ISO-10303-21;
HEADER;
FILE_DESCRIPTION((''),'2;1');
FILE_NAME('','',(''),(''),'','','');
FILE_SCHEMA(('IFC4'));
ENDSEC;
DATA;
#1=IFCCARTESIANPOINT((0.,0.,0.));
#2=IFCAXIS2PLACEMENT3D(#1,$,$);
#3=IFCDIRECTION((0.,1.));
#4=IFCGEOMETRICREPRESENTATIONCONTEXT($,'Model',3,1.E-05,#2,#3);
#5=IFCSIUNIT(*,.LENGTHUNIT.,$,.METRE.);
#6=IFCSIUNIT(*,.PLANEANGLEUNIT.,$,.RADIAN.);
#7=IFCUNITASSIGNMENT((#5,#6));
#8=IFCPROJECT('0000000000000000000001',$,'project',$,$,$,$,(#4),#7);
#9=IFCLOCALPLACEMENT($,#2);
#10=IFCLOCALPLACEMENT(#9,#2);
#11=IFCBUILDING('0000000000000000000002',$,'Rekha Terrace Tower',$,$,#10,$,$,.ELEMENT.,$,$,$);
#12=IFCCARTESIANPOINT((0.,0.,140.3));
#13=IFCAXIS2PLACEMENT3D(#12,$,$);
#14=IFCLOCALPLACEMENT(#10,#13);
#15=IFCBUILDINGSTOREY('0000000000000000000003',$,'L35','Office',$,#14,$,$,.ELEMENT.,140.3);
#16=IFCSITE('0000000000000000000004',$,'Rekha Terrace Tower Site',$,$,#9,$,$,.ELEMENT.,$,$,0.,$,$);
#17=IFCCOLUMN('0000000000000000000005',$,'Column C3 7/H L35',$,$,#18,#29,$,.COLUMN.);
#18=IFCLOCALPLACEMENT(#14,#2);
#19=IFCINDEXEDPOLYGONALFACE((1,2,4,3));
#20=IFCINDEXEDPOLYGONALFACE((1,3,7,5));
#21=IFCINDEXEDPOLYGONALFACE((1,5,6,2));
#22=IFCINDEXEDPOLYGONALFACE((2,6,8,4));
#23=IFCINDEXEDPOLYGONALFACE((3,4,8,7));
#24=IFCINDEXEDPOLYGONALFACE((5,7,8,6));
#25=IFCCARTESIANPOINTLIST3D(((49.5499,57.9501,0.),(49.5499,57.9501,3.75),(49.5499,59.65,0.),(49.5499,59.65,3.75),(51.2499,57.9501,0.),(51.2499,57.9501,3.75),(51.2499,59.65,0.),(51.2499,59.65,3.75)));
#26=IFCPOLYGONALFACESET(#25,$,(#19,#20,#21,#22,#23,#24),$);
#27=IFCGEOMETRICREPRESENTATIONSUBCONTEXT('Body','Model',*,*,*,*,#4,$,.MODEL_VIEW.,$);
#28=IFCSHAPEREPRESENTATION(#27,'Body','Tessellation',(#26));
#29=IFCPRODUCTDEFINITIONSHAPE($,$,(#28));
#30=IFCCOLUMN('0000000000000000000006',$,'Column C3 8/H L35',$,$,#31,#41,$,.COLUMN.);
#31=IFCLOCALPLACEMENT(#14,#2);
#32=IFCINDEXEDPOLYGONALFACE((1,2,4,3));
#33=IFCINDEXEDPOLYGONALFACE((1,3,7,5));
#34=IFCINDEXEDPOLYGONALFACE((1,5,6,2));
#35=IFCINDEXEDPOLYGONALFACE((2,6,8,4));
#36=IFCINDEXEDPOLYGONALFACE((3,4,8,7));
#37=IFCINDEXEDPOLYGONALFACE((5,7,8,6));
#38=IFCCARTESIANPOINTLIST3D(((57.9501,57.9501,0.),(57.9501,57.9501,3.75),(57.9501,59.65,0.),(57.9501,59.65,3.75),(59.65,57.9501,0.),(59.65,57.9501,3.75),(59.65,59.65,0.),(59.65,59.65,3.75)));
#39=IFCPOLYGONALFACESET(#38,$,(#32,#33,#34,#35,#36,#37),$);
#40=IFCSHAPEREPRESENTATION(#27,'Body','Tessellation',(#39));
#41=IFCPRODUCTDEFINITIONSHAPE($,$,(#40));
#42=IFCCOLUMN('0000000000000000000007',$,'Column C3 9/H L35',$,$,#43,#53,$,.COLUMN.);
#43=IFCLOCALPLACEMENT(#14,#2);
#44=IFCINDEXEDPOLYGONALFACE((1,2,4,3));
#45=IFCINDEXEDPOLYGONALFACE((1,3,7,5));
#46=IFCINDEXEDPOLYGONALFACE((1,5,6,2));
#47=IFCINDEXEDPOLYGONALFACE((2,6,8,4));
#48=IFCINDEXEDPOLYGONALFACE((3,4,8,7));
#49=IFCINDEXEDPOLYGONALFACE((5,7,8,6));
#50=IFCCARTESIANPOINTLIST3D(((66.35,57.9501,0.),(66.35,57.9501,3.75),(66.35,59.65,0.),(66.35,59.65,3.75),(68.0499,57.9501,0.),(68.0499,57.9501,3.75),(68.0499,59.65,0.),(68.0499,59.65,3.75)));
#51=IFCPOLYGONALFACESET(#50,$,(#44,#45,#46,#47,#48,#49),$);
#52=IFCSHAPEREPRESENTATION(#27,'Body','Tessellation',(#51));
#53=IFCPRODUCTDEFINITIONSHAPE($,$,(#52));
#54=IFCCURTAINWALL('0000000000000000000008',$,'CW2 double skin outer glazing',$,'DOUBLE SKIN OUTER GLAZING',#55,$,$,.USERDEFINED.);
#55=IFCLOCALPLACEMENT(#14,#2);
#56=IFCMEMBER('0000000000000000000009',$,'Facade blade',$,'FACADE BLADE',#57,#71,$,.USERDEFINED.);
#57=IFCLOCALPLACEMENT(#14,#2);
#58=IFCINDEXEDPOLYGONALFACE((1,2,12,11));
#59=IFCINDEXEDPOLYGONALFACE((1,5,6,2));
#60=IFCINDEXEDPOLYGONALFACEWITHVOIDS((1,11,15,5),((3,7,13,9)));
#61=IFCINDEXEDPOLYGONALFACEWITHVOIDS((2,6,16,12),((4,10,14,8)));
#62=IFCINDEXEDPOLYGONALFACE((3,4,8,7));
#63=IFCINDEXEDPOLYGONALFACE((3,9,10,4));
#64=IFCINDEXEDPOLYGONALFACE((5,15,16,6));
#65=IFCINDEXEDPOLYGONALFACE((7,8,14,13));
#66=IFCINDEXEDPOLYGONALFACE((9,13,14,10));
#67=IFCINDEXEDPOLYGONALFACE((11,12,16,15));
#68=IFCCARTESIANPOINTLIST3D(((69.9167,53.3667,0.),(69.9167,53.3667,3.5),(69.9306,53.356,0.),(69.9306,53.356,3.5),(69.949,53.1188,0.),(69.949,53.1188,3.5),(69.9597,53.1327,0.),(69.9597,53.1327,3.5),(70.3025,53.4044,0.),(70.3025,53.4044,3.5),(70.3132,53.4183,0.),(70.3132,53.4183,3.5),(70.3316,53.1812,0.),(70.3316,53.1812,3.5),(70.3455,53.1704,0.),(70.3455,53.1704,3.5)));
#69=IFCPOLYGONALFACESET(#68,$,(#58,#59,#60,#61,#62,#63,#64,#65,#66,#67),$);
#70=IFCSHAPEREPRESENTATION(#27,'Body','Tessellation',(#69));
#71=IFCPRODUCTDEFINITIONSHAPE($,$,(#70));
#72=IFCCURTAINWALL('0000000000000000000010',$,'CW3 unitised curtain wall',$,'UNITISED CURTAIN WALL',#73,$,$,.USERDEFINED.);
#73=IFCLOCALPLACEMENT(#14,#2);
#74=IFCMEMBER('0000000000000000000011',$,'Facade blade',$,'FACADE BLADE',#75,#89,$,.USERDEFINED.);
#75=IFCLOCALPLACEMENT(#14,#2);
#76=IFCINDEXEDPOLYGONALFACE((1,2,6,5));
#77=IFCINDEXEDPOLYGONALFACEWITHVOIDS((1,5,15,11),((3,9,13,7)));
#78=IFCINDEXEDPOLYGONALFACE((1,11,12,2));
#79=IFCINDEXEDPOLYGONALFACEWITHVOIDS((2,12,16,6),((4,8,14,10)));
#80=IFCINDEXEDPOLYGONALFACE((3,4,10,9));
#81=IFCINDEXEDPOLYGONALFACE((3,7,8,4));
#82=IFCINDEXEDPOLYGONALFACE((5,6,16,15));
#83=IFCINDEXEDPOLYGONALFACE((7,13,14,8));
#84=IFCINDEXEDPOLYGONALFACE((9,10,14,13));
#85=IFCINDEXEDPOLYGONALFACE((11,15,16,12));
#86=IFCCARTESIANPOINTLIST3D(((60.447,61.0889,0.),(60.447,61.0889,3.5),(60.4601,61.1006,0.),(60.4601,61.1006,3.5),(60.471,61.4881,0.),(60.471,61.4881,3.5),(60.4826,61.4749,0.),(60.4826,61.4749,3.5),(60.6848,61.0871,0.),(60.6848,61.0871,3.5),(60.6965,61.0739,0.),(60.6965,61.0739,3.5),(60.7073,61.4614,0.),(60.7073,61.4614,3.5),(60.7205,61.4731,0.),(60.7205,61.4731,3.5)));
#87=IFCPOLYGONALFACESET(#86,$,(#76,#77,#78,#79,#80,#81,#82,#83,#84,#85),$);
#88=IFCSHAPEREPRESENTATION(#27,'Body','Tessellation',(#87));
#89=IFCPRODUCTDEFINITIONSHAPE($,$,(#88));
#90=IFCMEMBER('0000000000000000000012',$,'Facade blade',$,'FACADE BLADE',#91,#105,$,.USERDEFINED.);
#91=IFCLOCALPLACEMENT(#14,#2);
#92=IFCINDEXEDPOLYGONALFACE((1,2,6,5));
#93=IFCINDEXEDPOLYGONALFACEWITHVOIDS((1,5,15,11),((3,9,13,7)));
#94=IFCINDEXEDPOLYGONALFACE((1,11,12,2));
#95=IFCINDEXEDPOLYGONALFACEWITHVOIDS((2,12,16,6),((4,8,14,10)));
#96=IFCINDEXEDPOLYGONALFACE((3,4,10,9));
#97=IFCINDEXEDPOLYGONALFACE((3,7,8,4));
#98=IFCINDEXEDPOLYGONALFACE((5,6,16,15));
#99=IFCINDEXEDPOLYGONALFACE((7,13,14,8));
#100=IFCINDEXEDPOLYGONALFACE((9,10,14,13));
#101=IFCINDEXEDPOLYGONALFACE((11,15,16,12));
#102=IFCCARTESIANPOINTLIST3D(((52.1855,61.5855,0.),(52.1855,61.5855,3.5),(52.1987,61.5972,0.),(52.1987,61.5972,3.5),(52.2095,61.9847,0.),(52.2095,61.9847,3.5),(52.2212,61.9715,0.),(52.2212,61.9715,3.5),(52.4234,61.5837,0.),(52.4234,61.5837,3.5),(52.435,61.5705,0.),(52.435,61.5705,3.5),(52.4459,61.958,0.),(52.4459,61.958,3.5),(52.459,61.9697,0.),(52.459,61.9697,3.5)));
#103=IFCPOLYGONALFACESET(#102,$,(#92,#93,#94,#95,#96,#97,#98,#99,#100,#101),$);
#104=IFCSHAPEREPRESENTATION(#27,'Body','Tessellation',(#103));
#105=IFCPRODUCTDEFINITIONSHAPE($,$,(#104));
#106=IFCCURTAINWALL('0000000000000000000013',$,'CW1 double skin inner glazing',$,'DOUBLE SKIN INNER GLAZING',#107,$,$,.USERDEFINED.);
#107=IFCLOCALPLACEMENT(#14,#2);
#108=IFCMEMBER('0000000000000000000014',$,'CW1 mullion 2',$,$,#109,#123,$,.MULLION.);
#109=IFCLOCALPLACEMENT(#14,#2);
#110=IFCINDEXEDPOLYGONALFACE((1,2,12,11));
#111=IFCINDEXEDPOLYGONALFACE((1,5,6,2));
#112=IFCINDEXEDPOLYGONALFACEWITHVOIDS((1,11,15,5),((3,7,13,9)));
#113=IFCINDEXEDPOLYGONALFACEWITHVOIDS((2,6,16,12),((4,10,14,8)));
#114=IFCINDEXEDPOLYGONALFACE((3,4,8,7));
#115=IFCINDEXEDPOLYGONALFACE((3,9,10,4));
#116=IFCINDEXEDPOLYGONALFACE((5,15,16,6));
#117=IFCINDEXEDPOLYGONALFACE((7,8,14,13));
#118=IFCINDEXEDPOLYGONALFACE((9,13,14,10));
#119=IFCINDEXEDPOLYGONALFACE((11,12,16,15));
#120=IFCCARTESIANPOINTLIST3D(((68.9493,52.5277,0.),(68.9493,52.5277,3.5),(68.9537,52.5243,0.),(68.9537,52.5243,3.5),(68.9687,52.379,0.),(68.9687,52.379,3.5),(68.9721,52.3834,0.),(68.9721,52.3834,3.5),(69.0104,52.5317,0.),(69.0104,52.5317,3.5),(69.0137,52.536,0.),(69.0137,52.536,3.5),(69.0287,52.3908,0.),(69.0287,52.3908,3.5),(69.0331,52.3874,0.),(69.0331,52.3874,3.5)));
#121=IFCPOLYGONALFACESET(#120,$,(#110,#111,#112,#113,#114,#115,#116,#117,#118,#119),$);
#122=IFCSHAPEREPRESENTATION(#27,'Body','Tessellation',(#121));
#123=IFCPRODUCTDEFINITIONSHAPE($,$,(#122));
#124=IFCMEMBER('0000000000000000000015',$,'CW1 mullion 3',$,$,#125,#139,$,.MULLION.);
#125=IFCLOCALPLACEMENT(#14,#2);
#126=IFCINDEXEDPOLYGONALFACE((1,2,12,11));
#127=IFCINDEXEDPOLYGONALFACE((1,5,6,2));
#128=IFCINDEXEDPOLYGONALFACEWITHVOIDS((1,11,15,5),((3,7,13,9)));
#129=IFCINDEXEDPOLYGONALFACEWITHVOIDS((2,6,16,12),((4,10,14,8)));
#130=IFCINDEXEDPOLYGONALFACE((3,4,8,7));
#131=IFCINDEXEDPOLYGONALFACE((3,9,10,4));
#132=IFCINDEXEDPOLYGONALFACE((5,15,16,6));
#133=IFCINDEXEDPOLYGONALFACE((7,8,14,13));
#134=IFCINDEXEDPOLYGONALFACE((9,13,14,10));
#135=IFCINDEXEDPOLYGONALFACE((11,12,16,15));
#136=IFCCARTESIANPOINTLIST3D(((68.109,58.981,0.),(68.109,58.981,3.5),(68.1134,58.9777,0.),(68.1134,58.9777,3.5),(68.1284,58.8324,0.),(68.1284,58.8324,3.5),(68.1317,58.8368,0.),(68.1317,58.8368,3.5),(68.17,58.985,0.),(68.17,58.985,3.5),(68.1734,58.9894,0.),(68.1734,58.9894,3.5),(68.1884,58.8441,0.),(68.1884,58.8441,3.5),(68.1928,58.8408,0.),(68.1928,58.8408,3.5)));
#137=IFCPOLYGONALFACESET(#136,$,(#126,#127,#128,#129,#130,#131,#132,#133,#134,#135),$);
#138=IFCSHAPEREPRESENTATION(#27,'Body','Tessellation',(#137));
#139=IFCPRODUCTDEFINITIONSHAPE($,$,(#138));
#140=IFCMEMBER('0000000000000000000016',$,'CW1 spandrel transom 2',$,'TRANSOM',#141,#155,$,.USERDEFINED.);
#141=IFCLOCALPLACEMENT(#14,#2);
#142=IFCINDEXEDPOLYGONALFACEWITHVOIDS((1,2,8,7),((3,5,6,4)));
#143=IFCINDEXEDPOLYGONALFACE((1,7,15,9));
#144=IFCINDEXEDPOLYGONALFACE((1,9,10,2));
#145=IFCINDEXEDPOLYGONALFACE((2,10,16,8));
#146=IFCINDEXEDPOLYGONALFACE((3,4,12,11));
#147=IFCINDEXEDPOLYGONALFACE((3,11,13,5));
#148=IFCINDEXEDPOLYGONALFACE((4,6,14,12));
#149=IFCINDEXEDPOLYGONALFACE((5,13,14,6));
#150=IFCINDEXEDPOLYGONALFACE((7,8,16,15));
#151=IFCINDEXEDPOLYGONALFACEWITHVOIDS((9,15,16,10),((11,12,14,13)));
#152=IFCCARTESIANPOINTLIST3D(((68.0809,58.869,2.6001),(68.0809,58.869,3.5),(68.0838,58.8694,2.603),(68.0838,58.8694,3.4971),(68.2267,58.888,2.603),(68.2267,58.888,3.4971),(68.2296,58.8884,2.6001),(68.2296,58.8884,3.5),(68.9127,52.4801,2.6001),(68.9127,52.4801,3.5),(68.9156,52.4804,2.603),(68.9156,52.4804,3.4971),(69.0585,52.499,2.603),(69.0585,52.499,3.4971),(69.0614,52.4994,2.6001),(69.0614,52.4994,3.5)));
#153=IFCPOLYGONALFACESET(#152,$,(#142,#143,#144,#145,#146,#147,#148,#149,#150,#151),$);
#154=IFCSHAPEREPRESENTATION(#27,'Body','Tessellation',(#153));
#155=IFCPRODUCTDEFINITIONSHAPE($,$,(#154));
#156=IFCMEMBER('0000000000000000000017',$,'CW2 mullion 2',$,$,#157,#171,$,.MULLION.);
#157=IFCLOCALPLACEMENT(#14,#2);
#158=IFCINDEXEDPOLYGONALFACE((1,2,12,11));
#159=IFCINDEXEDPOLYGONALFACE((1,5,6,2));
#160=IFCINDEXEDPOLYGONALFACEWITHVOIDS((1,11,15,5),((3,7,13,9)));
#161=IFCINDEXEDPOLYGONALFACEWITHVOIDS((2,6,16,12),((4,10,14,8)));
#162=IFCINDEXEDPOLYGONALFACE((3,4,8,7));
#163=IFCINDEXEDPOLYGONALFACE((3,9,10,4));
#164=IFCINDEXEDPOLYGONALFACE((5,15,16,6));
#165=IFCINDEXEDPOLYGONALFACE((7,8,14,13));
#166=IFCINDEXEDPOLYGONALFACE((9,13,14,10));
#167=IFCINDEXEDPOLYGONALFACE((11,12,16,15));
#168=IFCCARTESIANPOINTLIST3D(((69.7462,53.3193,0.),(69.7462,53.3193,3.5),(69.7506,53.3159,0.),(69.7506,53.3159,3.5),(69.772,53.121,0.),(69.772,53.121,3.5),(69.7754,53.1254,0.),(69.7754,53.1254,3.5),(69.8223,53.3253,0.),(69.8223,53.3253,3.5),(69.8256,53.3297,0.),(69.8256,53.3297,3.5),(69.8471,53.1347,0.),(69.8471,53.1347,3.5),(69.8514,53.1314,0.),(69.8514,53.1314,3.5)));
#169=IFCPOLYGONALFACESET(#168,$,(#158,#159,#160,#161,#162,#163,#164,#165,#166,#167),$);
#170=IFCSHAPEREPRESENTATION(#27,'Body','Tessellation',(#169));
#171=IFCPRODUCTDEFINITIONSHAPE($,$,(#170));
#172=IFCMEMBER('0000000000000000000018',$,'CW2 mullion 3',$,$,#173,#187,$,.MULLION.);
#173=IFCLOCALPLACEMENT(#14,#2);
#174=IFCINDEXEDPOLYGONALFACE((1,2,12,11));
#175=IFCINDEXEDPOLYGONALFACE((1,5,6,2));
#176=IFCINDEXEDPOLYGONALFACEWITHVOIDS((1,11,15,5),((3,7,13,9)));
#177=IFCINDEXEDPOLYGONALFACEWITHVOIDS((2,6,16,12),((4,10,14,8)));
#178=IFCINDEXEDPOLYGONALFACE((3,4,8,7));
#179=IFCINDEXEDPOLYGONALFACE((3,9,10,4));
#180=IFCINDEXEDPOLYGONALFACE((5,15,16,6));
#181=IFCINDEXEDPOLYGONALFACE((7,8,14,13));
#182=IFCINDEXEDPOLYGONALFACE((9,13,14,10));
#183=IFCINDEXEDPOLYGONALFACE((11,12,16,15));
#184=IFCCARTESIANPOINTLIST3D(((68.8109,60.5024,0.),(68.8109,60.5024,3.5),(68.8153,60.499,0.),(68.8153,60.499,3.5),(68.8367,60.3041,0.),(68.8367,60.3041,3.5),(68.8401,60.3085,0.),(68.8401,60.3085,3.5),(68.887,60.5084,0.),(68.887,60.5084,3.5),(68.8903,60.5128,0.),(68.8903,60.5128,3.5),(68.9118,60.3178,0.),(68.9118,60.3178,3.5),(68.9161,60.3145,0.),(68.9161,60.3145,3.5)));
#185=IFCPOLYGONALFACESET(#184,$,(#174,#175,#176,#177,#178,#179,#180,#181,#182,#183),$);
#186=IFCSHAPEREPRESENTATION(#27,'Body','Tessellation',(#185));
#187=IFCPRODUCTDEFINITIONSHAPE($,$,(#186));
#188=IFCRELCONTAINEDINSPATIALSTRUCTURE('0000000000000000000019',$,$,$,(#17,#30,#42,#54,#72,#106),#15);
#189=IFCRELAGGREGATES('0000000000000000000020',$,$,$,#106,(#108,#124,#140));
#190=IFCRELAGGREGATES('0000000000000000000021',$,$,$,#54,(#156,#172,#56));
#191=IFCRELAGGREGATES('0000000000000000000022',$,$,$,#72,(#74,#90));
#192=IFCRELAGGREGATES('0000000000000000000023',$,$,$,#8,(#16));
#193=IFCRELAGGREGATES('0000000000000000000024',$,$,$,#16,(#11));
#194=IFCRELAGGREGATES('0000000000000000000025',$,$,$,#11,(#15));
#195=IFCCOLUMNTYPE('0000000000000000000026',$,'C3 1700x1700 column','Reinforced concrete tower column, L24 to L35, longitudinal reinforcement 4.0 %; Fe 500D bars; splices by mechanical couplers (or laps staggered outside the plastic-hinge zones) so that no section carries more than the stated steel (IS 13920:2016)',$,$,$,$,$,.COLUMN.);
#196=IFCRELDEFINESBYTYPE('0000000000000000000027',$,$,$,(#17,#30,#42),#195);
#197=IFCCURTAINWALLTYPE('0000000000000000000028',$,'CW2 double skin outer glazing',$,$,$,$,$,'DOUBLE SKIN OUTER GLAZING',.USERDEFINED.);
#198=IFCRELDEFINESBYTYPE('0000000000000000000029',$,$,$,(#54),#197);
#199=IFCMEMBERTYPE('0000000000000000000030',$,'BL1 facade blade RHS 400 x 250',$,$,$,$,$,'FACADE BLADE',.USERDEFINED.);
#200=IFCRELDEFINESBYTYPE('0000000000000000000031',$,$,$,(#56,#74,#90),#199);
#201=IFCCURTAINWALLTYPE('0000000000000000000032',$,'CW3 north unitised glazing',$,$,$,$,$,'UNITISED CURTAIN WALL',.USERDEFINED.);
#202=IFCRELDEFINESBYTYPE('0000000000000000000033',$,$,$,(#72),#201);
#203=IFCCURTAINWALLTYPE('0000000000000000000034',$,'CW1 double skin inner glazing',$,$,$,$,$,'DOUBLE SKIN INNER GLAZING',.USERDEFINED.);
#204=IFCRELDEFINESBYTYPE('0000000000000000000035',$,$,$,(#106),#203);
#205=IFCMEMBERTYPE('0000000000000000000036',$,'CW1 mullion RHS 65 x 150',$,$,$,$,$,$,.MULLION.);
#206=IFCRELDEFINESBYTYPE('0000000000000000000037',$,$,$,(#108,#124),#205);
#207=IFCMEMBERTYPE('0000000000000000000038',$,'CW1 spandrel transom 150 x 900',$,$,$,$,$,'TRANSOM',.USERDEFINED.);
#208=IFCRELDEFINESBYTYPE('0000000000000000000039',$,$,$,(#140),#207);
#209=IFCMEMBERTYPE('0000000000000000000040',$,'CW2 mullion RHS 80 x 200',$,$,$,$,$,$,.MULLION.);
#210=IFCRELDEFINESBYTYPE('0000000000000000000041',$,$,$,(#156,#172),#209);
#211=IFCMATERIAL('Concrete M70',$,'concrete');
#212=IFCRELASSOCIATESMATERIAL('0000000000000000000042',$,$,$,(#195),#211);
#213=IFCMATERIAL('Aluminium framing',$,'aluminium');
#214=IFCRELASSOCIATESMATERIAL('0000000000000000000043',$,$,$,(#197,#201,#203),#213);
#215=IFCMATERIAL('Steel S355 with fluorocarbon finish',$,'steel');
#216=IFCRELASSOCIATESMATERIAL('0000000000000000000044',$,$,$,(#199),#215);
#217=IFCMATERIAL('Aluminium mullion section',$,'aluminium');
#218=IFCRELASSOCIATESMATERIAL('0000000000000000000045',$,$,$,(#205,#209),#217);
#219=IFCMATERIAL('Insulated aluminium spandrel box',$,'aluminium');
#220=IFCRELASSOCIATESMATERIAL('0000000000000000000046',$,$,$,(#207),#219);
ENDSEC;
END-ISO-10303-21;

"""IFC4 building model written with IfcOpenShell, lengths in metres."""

from ifc_helpers import new_model, si_unit, direction, frame, origin, origin_2d, place, context, subcontext, project, spatial, rectangle, hollow_rectangle, extrude, material, material_profile, profile_set, type_object, element, aggregate, save


model = new_model("IFC4")

# Units and contexts
model_context = context("Model", 3, precision=1e-05, world=origin(), true_north=direction((0.0, 1.0)))
body_context = subcontext(model_context, "Body", "Model", "MODEL_VIEW")
ifc_project = project(units=[si_unit("LENGTHUNIT", "METRE"), si_unit("PLANEANGLEUNIT", "RADIAN")], contexts=[model_context])

# Site, building, storey
site_placement = place(None, origin())
site = spatial("IfcSite", under=ifc_project, at=site_placement, Name="Rekha Terrace Tower Site", CompositionType="ELEMENT", RefElevation=0.0)
building_placement = place(site_placement, origin())
building = spatial("IfcBuilding", under=site, at=building_placement, Name="Rekha Terrace Tower", CompositionType="ELEMENT")
storey_placement = place(building_placement, frame((0.0, 0.0, 140.3)))
storey = spatial("IfcBuildingStorey", under=building, at=storey_placement, Name="L35", Description="Office", CompositionType="ELEMENT", Elevation=140.3)

# Columns
ifc_material_1 = material(Name="Concrete M70", Category="concrete")
ifc_material_profile_1 = material_profile(ifc_material_1, rectangle(XDim=1.7, YDim=1.7, at=origin_2d()), Name="RC 1700x1700")
ifc_profile_set_1 = profile_set([ifc_material_profile_1], Name="Concrete M70")
column_type = type_object("IfcColumnType", Name="C3 1700x1700 column", Description="Reinforced concrete tower column, L24 to L35, longitudinal reinforcement 4.0 %; Fe 500D bars; splices by mechanical couplers (or laps staggered outside the plastic-hinge zones) so that no section carries more than the stated steel (IS 13920:2016)", PredefinedType="COLUMN", material=ifc_profile_set_1)
for number, where, z_axis, x_axis, name in (
    (1, (50.3999, 58.8, 0.0), (0.0, 0.0, 1.0), (1.0, 0.0, 0.0), "Column C3 7/H L35"),
    (2, (58.8, 58.8, 0.0), (0.0, 0.0, 1.0), (1.0, 0.0, 0.0), "Column C3 8/H L35"),
    (3, (67.2, 58.8, 0.0), (0.0, 0.0, 1.0), (1.0, 0.0, 0.0), "Column C3 9/H L35"),
):
    element("IfcColumn", number, at=place(storey_placement, frame(where, z_axis=z_axis, x_axis=x_axis)), inside=storey, type_object=column_type, Name=name, PredefinedType="COLUMN", context=body_context, shape_type="SweptSolid", body=[
        extrude(rectangle(XDim=1.7, YDim=1.7, at=origin_2d()), origin(), (0.0, 0.0, 1.0), 3.75),
    ])

# Curtain wall, member
ifc_material_2 = material(Name="Aluminium framing", Category="aluminium")
curtain_wall_type_1 = type_object("IfcCurtainWallType", Name="CW2 double skin outer glazing", ElementType="DOUBLE SKIN OUTER GLAZING", PredefinedType="USERDEFINED", material=ifc_material_2)
curtain_wall_1_placement = place(storey_placement, origin())
curtain_wall_1 = element("IfcCurtainWall", 4, at=curtain_wall_1_placement, inside=storey, type_object=curtain_wall_type_1, Name="CW2 double skin outer glazing", ObjectType="DOUBLE SKIN OUTER GLAZING", PredefinedType="USERDEFINED")
ifc_material_3 = material(Name="Steel S355 with fluorocarbon finish", Category="steel")
ifc_material_profile_2 = material_profile(ifc_material_3, hollow_rectangle(XDim=0.25, YDim=0.3999, WallThickness=0.0125, at=origin_2d()), Name="RHS400x250x12.5")
ifc_profile_set_2 = profile_set([ifc_material_profile_2], Name="Steel S355 with fluorocarbon finish")
member_type_1 = type_object("IfcMemberType", Name="BL1 facade blade RHS 400 x 250", ElementType="FACADE BLADE", PredefinedType="USERDEFINED", material=ifc_profile_set_2)
member_1_placement = place(storey_placement, frame((70.1311, 53.2686, 0.0), z_axis=(0.0, 0.0, 1.0), x_axis=(-0.129119, 0.991629, 0.0)))
member_1 = element("IfcMember", 5, at=member_1_placement, type_object=member_type_1, Name="Facade blade", ObjectType="FACADE BLADE", PredefinedType="USERDEFINED", context=body_context, shape_type="SweptSolid", body=[
    extrude(hollow_rectangle(XDim=0.25, YDim=0.3999, WallThickness=0.0125, at=origin_2d()), origin(), (0.0, 0.0, 1.0), 3.5),
])

# Curtain walls, members
curtain_wall_type_2 = type_object("IfcCurtainWallType", Name="CW3 north unitised glazing", ElementType="UNITISED CURTAIN WALL", PredefinedType="USERDEFINED", material=ifc_material_2)
curtain_wall_2_placement = place(storey_placement, origin())
curtain_wall_2 = element("IfcCurtainWall", 6, at=curtain_wall_2_placement, inside=storey, type_object=curtain_wall_type_2, Name="CW3 unitised curtain wall", ObjectType="UNITISED CURTAIN WALL", PredefinedType="USERDEFINED")
member_2_placement = place(storey_placement, frame((60.5837, 61.281, 0.0), z_axis=(0.0, 0.0, 1.0), x_axis=(-0.998199, 0.059988, 0.0)))
member_2 = element("IfcMember", 7, at=member_2_placement, type_object=member_type_1, Name="Facade blade", ObjectType="FACADE BLADE", PredefinedType="USERDEFINED", context=body_context, shape_type="SweptSolid", body=[
    extrude(hollow_rectangle(XDim=0.25, YDim=0.3999, WallThickness=0.0125, at=origin_2d()), origin(), (0.0, 0.0, 1.0), 3.5),
])
member_3_placement = place(storey_placement, frame((52.3223, 61.7776, 0.0), z_axis=(0.0, 0.0, 1.0), x_axis=(-0.998199, 0.059988, 0.0)))
member_3 = element("IfcMember", 8, at=member_3_placement, type_object=member_type_1, Name="Facade blade", ObjectType="FACADE BLADE", PredefinedType="USERDEFINED", context=body_context, shape_type="SweptSolid", body=[
    extrude(hollow_rectangle(XDim=0.25, YDim=0.3999, WallThickness=0.0125, at=origin_2d()), origin(), (0.0, 0.0, 1.0), 3.5),
])
curtain_wall_type_3 = type_object("IfcCurtainWallType", Name="CW1 double skin inner glazing", ElementType="DOUBLE SKIN INNER GLAZING", PredefinedType="USERDEFINED", material=ifc_material_2)
curtain_wall_3_placement = place(storey_placement, origin())
curtain_wall_3 = element("IfcCurtainWall", 9, at=curtain_wall_3_placement, inside=storey, type_object=curtain_wall_type_3, Name="CW1 double skin inner glazing", ObjectType="DOUBLE SKIN INNER GLAZING", PredefinedType="USERDEFINED")
ifc_material_4 = material(Name="Aluminium mullion section", Category="aluminium")
ifc_material_profile_3 = material_profile(ifc_material_4, hollow_rectangle(XDim=0.0649, YDim=0.1499, WallThickness=0.0039, at=origin_2d()), Name="AL RHS 65x150")
ifc_profile_set_3 = profile_set([ifc_material_profile_3], Name="Aluminium mullion section")
member_type_2 = type_object("IfcMemberType", Name="CW1 mullion RHS 65 x 150", PredefinedType="MULLION", material=ifc_profile_set_3)
member_4_placement = place(storey_placement, frame((68.9912, 52.4575, 0.0), z_axis=(0.0, 0.0, 1.0), x_axis=(-0.991629, -0.129118, 0.0)))
member_4 = element("IfcMember", 10, at=member_4_placement, type_object=member_type_2, Name="CW1 mullion 2", PredefinedType="MULLION", context=body_context, shape_type="SweptSolid", body=[
    extrude(hollow_rectangle(XDim=0.0649, YDim=0.1499, WallThickness=0.0039, at=origin_2d()), origin(), (0.0, 0.0, 1.0), 3.5),
])
member_5_placement = place(storey_placement, frame((68.1509, 58.9109, 0.0), z_axis=(0.0, 0.0, 1.0), x_axis=(-0.991629, -0.129118, 0.0)))
member_5 = element("IfcMember", 11, at=member_5_placement, type_object=member_type_2, Name="CW1 mullion 3", PredefinedType="MULLION", context=body_context, shape_type="SweptSolid", body=[
    extrude(hollow_rectangle(XDim=0.0649, YDim=0.1499, WallThickness=0.0039, at=origin_2d()), origin(), (0.0, 0.0, 1.0), 3.5),
])
ifc_material_5 = material(Name="Insulated aluminium spandrel box", Category="aluminium")
ifc_material_profile_4 = material_profile(ifc_material_5, hollow_rectangle(XDim=0.1499, YDim=0.8999, WallThickness=0.0029, at=origin_2d()), Name="AL SPANDREL BOX 150x900")
ifc_profile_set_4 = profile_set([ifc_material_profile_4], Name="Insulated aluminium spandrel box")
member_type_3 = type_object("IfcMemberType", Name="CW1 spandrel transom 150 x 900", ElementType="TRANSOM", PredefinedType="USERDEFINED", material=ifc_profile_set_4)
member_6_placement = place(storey_placement, frame((68.9871, 52.4897, 3.05), z_axis=(-0.129103, 0.991631, 0.0), x_axis=(-0.991631, -0.129103, 0.0)))
member_6 = element("IfcMember", 12, at=member_6_placement, type_object=member_type_3, Name="CW1 spandrel transom 2", ObjectType="TRANSOM", PredefinedType="USERDEFINED", context=body_context, shape_type="SweptSolid", body=[
    extrude(hollow_rectangle(XDim=0.1499, YDim=0.8999, WallThickness=0.0029, at=origin_2d()), origin(), (0.0, 0.0, 1.0), 6.4429),
])

# Members
ifc_material_profile_5 = material_profile(ifc_material_4, hollow_rectangle(XDim=0.0801, YDim=0.2, WallThickness=0.0039, at=origin_2d()), Name="AL RHS 80x200")
ifc_profile_set_5 = profile_set([ifc_material_profile_5], Name="Aluminium mullion section")
member_type_4 = type_object("IfcMemberType", Name="CW2 mullion RHS 80 x 200", PredefinedType="MULLION", material=ifc_profile_set_5)
member_7_placement = place(storey_placement, frame((69.7988, 53.2253, 0.0), z_axis=(0.0, 0.0, 1.0), x_axis=(-0.991629, -0.129118, 0.0)))
member_7 = element("IfcMember", 13, at=member_7_placement, type_object=member_type_4, Name="CW2 mullion 2", PredefinedType="MULLION", context=body_context, shape_type="SweptSolid", body=[
    extrude(hollow_rectangle(XDim=0.0801, YDim=0.2, WallThickness=0.0039, at=origin_2d()), origin(), (0.0, 0.0, 1.0), 3.5),
])
member_8_placement = place(storey_placement, frame((68.8635, 60.4084, 0.0), z_axis=(0.0, 0.0, 1.0), x_axis=(-0.991629, -0.129118, 0.0)))
member_8 = element("IfcMember", 14, at=member_8_placement, type_object=member_type_4, Name="CW2 mullion 3", PredefinedType="MULLION", context=body_context, shape_type="SweptSolid", body=[
    extrude(hollow_rectangle(XDim=0.0801, YDim=0.2, WallThickness=0.0039, at=origin_2d()), origin(), (0.0, 0.0, 1.0), 3.5),
])

aggregate(curtain_wall_3, [member_4, member_5, member_6])
aggregate(curtain_wall_1, [member_7, member_8, member_1])
aggregate(curtain_wall_2, [member_2, member_3])

save(model, "model.ifc")
